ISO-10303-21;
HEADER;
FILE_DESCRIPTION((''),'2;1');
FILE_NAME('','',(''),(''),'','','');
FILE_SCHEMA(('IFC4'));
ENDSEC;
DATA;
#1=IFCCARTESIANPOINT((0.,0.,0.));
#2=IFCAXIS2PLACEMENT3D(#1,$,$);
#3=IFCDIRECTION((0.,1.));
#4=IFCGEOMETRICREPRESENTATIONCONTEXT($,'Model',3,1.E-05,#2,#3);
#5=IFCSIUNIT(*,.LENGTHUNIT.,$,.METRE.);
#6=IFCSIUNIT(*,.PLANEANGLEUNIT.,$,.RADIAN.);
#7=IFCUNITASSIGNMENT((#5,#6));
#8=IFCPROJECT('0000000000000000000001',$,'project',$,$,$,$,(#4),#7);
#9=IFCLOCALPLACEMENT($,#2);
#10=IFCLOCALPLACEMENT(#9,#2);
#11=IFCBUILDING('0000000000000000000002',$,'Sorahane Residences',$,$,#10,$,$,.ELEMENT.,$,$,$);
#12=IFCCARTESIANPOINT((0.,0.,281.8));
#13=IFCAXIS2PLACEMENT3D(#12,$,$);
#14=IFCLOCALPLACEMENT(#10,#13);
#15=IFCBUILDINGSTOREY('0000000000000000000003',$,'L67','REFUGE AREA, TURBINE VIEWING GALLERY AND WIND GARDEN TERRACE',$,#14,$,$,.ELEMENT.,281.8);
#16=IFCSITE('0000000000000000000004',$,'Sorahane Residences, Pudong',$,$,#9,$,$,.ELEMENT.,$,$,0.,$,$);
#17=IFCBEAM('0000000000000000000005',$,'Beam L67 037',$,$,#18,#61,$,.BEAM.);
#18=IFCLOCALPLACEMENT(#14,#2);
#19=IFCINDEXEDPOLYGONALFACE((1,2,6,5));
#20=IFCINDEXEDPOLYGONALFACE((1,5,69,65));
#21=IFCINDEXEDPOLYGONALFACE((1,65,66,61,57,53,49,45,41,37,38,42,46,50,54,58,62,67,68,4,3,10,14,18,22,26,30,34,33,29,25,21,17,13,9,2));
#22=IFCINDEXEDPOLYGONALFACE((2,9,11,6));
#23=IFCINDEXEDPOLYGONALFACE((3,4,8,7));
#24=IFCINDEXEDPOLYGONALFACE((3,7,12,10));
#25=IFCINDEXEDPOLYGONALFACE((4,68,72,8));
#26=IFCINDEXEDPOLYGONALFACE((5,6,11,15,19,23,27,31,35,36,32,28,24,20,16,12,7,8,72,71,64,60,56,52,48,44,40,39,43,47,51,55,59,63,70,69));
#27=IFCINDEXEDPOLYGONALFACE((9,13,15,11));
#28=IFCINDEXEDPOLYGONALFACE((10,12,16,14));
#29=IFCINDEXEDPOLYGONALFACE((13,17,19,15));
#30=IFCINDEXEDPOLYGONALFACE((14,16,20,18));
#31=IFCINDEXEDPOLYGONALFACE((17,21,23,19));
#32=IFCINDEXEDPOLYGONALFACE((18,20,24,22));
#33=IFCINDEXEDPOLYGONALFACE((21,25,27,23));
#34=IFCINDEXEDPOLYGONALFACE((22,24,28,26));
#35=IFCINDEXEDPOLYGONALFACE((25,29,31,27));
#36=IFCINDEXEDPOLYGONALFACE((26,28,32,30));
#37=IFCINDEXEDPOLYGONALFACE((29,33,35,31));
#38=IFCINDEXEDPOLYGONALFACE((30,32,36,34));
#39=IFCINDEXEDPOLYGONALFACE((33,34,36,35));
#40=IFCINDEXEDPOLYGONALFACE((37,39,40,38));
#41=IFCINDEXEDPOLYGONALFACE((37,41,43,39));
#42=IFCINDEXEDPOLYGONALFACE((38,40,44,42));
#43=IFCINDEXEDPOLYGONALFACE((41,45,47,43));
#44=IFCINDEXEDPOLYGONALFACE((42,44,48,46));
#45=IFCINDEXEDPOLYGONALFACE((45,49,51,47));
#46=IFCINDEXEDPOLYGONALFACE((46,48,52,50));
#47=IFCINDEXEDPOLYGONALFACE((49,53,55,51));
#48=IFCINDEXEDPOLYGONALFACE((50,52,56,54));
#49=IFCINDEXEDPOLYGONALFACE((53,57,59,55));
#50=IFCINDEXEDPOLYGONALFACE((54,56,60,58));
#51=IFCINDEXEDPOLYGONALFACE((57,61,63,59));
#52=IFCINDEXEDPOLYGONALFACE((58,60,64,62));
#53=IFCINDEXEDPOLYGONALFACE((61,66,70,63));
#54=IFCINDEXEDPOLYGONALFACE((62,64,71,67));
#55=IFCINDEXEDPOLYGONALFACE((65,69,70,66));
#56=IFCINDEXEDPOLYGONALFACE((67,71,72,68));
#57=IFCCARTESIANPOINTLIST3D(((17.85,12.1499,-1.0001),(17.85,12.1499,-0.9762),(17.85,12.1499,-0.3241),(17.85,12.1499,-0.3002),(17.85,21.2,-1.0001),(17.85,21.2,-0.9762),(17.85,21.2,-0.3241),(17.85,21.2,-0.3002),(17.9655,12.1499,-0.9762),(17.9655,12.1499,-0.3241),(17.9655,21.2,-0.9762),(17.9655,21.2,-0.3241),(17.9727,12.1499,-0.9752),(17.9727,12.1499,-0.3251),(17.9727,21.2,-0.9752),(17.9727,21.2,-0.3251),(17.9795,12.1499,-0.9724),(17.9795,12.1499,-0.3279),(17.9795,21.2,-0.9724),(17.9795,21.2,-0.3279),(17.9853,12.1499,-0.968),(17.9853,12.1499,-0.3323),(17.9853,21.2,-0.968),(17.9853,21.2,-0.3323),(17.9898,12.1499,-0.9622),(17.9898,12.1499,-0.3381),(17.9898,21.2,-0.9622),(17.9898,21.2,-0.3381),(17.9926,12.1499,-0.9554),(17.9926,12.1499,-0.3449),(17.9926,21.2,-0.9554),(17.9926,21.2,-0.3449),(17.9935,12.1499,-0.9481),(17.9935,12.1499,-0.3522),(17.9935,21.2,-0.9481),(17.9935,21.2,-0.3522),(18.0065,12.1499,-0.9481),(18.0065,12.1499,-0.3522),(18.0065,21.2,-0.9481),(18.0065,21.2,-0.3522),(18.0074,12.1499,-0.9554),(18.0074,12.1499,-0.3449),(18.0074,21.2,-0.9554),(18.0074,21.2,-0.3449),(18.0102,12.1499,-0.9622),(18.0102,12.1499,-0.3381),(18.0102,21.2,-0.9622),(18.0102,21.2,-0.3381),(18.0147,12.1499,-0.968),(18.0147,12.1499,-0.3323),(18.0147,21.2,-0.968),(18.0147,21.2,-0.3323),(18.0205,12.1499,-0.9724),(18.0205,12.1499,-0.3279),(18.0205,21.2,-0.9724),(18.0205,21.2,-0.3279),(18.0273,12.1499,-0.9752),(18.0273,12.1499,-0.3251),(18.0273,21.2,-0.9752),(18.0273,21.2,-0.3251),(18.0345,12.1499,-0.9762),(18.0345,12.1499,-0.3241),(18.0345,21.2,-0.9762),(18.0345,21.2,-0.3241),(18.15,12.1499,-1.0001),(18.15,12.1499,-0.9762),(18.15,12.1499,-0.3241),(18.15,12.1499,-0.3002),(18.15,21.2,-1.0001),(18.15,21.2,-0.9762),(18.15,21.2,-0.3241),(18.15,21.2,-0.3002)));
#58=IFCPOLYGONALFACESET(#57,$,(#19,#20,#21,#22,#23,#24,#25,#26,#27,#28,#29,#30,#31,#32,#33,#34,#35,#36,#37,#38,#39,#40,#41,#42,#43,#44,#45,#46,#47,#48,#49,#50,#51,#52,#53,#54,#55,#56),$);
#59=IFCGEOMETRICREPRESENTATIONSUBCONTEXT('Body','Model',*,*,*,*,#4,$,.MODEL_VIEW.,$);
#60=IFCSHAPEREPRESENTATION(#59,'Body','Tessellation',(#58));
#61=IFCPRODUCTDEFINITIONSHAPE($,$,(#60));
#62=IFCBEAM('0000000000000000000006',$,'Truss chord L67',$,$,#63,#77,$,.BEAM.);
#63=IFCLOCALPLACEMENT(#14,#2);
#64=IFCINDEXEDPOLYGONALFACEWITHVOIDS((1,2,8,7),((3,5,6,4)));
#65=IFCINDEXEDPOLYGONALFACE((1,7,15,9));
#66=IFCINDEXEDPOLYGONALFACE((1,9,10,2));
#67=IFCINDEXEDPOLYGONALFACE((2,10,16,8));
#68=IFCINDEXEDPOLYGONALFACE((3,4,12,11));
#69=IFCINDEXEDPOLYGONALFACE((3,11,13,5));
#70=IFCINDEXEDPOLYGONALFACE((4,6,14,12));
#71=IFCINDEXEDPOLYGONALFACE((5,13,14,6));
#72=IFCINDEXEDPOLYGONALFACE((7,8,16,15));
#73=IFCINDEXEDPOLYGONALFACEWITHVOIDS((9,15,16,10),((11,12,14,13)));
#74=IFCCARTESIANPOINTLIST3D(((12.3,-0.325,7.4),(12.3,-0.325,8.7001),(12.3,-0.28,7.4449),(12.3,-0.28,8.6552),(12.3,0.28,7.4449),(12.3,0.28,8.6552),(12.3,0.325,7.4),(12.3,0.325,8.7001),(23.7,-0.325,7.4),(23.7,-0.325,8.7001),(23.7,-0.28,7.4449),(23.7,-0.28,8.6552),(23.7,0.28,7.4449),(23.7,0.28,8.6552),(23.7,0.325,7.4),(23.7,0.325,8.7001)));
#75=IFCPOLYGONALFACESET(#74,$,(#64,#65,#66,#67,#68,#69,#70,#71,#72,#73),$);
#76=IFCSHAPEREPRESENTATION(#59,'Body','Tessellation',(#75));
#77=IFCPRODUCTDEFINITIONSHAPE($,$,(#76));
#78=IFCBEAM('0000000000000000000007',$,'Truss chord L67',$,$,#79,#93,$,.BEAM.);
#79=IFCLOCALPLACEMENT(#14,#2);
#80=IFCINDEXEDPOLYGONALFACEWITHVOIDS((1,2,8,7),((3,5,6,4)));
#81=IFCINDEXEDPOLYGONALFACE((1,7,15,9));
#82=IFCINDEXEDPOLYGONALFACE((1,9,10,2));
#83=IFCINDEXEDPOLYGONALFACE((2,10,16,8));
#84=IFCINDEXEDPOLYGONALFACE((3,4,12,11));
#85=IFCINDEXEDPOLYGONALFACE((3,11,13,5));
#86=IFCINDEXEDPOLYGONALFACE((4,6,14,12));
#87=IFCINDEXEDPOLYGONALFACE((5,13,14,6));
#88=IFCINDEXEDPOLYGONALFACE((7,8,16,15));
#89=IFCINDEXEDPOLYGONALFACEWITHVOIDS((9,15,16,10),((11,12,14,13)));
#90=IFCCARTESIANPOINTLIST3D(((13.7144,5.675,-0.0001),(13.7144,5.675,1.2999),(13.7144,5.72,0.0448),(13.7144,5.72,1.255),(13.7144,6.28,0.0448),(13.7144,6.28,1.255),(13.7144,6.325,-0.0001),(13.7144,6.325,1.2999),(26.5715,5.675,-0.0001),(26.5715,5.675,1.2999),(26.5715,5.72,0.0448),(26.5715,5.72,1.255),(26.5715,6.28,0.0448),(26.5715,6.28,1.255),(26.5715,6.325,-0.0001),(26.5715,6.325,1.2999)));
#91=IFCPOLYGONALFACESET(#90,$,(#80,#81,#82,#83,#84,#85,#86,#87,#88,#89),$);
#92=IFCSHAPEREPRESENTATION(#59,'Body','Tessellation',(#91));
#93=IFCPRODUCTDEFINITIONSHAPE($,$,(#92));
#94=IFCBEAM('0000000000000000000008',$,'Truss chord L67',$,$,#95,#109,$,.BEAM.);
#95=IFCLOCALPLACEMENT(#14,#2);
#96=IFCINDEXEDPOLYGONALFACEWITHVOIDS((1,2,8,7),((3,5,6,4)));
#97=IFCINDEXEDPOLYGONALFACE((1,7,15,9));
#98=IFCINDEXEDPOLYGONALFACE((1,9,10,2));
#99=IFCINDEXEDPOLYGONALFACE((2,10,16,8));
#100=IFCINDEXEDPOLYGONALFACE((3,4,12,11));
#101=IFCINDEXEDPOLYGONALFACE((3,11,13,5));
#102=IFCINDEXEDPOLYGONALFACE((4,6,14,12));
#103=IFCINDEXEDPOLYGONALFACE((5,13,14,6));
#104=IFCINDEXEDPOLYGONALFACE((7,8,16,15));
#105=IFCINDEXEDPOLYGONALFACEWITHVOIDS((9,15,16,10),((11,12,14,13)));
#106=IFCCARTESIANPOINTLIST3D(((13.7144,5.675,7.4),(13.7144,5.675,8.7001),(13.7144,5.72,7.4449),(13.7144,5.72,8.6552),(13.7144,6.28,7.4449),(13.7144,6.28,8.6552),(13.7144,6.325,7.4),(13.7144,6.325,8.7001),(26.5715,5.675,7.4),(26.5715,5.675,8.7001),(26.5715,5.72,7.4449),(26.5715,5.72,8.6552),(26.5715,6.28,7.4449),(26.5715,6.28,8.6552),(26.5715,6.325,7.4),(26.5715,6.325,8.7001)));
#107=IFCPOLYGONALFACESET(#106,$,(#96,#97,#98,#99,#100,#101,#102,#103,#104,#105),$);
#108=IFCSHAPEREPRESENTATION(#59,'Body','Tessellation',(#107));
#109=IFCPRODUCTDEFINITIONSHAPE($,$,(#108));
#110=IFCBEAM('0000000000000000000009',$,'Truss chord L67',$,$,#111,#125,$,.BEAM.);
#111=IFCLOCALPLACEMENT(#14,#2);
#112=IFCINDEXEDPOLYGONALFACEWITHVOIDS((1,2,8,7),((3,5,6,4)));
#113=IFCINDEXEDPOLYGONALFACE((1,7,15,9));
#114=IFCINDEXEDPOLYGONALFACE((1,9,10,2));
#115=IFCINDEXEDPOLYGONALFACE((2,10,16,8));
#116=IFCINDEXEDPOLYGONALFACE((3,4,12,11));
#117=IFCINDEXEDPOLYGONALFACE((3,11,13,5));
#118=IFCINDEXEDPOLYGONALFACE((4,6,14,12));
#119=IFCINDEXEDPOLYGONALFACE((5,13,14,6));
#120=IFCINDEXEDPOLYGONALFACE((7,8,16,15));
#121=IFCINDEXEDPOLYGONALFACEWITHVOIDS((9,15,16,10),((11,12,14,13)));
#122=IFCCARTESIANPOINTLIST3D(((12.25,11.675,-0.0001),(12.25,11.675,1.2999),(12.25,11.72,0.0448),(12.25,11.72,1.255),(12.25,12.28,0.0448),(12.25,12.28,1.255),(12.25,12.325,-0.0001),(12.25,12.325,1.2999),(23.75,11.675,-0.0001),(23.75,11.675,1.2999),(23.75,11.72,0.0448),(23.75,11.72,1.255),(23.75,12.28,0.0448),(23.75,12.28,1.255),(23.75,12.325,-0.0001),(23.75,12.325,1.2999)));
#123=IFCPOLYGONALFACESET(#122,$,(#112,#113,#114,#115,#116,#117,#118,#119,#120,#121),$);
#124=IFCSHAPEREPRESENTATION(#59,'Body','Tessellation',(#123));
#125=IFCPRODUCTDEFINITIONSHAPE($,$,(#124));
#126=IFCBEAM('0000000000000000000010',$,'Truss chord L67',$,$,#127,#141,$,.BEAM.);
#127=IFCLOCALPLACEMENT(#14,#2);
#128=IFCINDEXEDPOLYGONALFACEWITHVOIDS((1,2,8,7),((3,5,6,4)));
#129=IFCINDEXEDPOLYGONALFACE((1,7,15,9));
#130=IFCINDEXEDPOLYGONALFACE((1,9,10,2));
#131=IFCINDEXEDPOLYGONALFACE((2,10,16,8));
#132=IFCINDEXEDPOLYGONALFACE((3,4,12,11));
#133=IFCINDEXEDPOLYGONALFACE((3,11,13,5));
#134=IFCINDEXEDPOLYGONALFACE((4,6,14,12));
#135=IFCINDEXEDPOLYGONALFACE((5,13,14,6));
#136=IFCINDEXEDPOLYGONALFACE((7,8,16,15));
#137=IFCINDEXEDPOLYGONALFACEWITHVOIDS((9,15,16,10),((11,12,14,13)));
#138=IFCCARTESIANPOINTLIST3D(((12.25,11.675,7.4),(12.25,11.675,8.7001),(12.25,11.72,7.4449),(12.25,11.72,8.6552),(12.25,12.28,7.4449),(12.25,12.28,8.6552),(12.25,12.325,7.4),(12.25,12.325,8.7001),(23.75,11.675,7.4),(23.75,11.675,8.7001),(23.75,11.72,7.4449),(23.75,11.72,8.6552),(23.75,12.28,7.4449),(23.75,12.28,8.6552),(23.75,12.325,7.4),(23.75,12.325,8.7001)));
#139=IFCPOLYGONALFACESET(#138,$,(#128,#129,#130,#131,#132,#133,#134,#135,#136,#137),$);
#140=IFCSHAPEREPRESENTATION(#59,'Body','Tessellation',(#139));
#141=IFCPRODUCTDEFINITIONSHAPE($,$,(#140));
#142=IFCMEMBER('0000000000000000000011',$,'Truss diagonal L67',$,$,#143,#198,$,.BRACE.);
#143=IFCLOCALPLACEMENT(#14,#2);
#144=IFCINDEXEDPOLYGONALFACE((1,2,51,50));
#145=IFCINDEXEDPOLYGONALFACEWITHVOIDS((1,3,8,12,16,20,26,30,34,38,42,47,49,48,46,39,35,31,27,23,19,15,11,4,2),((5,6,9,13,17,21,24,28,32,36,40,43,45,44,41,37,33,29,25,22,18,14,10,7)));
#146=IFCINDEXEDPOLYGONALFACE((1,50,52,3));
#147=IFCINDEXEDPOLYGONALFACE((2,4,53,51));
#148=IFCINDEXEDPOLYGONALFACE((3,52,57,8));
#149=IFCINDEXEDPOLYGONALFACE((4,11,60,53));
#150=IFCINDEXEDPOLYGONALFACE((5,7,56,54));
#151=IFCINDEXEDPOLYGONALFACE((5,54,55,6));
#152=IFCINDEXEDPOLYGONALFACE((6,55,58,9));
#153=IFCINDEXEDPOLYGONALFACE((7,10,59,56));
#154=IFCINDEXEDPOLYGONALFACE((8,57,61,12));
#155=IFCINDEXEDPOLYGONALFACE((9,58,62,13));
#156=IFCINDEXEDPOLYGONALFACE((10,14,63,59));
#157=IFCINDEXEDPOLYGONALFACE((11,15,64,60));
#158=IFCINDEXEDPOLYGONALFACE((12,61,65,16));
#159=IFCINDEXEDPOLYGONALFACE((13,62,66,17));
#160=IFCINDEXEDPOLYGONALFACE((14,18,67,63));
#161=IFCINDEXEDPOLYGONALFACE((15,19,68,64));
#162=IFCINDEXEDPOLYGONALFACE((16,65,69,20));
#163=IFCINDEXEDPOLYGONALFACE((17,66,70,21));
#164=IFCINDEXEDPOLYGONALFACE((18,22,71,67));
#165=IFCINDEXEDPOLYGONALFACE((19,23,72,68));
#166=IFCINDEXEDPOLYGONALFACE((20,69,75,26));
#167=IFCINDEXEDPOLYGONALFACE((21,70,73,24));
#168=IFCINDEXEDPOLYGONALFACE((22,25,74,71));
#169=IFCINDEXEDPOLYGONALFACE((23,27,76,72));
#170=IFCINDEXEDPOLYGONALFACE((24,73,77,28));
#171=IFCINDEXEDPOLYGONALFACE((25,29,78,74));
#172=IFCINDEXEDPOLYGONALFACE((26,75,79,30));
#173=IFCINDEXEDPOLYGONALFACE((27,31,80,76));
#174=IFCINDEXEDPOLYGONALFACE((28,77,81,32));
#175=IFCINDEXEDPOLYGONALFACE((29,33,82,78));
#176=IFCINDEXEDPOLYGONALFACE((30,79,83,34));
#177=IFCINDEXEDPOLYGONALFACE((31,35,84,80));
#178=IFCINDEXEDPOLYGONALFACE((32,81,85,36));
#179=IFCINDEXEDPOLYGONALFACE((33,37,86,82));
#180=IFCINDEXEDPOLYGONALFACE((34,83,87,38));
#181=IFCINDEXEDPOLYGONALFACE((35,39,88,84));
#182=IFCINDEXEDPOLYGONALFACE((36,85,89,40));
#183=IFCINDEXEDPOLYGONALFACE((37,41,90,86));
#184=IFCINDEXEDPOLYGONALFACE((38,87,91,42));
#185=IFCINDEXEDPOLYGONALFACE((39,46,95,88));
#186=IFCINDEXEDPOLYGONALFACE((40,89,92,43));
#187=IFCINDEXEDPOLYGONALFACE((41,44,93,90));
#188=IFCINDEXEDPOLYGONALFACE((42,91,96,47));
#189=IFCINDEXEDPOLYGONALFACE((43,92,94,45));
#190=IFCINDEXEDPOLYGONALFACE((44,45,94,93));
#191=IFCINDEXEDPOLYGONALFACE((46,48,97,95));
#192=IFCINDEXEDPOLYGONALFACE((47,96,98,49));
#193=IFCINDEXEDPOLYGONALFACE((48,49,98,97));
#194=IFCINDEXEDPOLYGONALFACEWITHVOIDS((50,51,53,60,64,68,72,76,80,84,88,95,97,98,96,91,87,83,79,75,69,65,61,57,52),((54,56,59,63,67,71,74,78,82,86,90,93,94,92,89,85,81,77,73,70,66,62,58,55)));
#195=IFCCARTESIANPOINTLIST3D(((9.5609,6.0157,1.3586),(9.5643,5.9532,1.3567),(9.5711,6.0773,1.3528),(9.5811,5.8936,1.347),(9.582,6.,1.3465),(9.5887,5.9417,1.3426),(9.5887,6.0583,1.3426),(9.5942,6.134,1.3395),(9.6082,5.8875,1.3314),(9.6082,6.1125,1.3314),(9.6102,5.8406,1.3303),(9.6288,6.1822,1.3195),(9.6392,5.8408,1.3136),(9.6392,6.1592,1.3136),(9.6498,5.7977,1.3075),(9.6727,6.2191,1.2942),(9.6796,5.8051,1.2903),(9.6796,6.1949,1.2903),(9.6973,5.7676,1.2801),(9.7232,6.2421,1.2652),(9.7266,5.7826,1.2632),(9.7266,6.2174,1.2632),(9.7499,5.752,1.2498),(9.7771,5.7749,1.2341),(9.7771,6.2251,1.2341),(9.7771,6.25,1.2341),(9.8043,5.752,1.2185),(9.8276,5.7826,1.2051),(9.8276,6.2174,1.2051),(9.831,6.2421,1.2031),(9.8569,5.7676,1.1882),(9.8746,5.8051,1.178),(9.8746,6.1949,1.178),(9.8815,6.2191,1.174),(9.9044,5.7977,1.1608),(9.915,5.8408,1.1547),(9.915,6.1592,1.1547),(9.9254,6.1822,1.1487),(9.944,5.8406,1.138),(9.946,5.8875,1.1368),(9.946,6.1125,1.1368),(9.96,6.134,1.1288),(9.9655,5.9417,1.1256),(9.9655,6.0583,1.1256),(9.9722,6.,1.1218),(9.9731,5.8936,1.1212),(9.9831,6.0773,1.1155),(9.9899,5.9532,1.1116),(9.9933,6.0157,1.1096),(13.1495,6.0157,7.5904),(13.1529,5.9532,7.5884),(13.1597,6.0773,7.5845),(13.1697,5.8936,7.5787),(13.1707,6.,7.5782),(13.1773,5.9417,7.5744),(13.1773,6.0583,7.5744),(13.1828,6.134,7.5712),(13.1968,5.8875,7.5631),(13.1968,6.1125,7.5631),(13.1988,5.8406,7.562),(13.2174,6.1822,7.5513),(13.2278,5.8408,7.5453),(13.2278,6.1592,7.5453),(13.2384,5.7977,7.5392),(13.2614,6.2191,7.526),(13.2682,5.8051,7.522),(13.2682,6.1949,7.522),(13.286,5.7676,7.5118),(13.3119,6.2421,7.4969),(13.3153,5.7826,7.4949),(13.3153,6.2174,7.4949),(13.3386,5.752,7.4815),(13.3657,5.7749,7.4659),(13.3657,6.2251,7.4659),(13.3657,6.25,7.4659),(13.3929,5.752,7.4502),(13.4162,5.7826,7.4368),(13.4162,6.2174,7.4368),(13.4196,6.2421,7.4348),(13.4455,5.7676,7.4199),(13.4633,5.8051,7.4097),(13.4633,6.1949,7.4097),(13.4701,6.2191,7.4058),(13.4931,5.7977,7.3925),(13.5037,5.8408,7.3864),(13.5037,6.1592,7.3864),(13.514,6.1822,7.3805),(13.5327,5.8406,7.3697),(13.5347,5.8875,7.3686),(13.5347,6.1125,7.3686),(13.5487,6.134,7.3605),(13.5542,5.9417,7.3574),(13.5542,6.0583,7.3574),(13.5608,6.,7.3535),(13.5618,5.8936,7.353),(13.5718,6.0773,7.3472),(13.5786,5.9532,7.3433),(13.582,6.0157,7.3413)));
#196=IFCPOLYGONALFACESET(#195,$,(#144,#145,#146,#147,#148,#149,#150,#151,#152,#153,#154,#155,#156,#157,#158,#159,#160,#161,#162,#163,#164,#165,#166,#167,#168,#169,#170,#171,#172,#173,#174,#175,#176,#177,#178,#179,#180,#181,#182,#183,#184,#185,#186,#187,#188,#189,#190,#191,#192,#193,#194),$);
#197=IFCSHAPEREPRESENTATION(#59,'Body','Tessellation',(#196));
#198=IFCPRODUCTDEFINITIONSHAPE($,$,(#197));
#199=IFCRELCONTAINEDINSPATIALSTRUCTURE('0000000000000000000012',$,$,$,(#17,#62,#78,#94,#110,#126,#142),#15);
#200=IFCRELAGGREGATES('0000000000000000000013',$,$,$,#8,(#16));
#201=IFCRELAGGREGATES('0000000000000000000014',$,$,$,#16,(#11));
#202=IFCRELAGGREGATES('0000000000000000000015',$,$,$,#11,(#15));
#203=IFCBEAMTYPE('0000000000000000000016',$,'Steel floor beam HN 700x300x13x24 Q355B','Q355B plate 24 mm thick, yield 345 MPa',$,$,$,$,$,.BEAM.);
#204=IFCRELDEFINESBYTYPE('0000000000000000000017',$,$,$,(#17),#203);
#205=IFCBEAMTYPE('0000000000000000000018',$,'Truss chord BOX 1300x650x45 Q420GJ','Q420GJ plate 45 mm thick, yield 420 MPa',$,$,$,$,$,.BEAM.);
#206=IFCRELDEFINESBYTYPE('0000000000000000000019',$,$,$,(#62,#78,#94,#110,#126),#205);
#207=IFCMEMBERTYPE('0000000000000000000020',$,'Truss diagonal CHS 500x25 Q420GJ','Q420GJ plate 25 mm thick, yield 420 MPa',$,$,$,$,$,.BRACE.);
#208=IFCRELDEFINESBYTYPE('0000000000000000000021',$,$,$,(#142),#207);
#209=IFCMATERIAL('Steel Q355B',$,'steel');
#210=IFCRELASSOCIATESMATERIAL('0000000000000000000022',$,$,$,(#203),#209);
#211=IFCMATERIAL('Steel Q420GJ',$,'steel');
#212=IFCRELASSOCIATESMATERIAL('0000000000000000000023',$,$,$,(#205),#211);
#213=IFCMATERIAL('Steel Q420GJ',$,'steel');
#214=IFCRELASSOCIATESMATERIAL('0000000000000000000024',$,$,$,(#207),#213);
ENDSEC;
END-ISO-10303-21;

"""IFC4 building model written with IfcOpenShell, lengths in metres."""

from ifc_helpers import new_model, si_unit, direction, frame, origin, origin_2d, place, context, subcontext, project, spatial, hollow_rectangle, hollow_circle, i_section, extrude, material, material_profile, profile_set, type_object, element, save


model = new_model("IFC4")

# Units and contexts
model_context = context("Model", 3, precision=1e-05, world=origin(), true_north=direction((0.0, 1.0)))
body_context = subcontext(model_context, "Body", "Model", "MODEL_VIEW")
ifc_project = project(units=[si_unit("LENGTHUNIT", "METRE"), si_unit("PLANEANGLEUNIT", "RADIAN")], contexts=[model_context])

# Site, building, storey
site_placement = place(None, origin())
site = spatial("IfcSite", under=ifc_project, at=site_placement, Name="Sorahane Residences, Pudong", CompositionType="ELEMENT", RefElevation=0.0)
building_placement = place(site_placement, origin())
building = spatial("IfcBuilding", under=site, at=building_placement, Name="Sorahane Residences", CompositionType="ELEMENT")
storey_placement = place(building_placement, frame((0.0, 0.0, 281.8)))
storey = spatial("IfcBuildingStorey", under=building, at=storey_placement, Name="L67", Description="REFUGE AREA, TURBINE VIEWING GALLERY AND WIND GARDEN TERRACE", CompositionType="ELEMENT", Elevation=281.8)

# Beams
ifc_material_1 = material(Name="Steel Q355B", Category="steel")
ifc_material_profile_1 = material_profile(ifc_material_1, i_section(OverallWidth=0.3, OverallDepth=0.7, WebThickness=0.0129, FlangeThickness=0.0239, FilletRadius=0.0281, at=origin_2d()), Name="HN 700x300x13x24")
ifc_profile_set_1 = profile_set([ifc_material_profile_1], Name="Steel Q355B")
beam_type_1 = type_object("IfcBeamType", Name="Steel floor beam HN 700x300x13x24 Q355B", Description="Q355B plate 24 mm thick, yield 345 MPa", PredefinedType="BEAM", material=ifc_profile_set_1)
beam_1_placement = place(storey_placement, frame((18.0, 12.1499, -0.6501), z_axis=(0.0, 1.0, 0.0), x_axis=(-1.0, 0.0, 0.0)))
element("IfcBeam", 1, at=beam_1_placement, inside=storey, type_object=beam_type_1, Name="Beam L67 037", PredefinedType="BEAM", context=body_context, shape_type="SweptSolid", body=[
    extrude(i_section(OverallWidth=0.3, OverallDepth=0.7, WebThickness=0.0129, FlangeThickness=0.0239, FilletRadius=0.0281, at=origin_2d()), origin(), (0.0, 0.0, 1.0), 9.05),
])
ifc_material_2 = material(Name="Steel Q420GJ", Category="steel")
ifc_material_profile_2 = material_profile(ifc_material_2, hollow_rectangle(XDim=0.6499, YDim=1.3, WallThickness=0.0449, at=origin_2d()), Name="BOX 1300x650x45")
ifc_profile_set_2 = profile_set([ifc_material_profile_2], Name="Steel Q420GJ")
beam_type_2 = type_object("IfcBeamType", Name="Truss chord BOX 1300x650x45 Q420GJ", Description="Q420GJ plate 45 mm thick, yield 420 MPa", PredefinedType="BEAM", material=ifc_profile_set_2)
beam_2_placement = place(storey_placement, frame((12.3, 0.0, 8.05), z_axis=(1.0, 0.0, 0.0), x_axis=(0.0, 1.0, 0.0)))
element("IfcBeam", 2, at=beam_2_placement, inside=storey, type_object=beam_type_2, Name="Truss chord L67", PredefinedType="BEAM", context=body_context, shape_type="SweptSolid", body=[
    extrude(hollow_rectangle(XDim=0.6499, YDim=1.3, WallThickness=0.0449, at=origin_2d()), origin(), (0.0, 0.0, 1.0), 11.3999),
])
for number, where, z_axis, x_axis, name in (
    (3, (13.7144, 6.0, 0.6499), (1.0, 0.0, 0.0), (0.0, 1.0, 0.0), "Truss chord L67"),
    (4, (13.7144, 6.0, 8.05), (1.0, 0.0, 0.0), (0.0, 1.0, 0.0), "Truss chord L67"),
):
    element("IfcBeam", number, at=place(storey_placement, frame(where, z_axis=z_axis, x_axis=x_axis)), inside=storey, type_object=beam_type_2, Name=name, PredefinedType="BEAM", context=body_context, shape_type="SweptSolid", body=[
        extrude(hollow_rectangle(XDim=0.6499, YDim=1.3, WallThickness=0.0449, at=origin_2d()), origin(), (0.0, 0.0, 1.0), 12.8572),
    ])
for number, where, z_axis, x_axis, name in (
    (5, (12.25, 12.0, 0.6499), (1.0, 0.0, 0.0), (0.0, 1.0, 0.0), "Truss chord L67"),
    (6, (12.25, 12.0, 8.05), (1.0, 0.0, 0.0), (0.0, 1.0, 0.0), "Truss chord L67"),
):
    element("IfcBeam", number, at=place(storey_placement, frame(where, z_axis=z_axis, x_axis=x_axis)), inside=storey, type_object=beam_type_2, Name=name, PredefinedType="BEAM", context=body_context, shape_type="SweptSolid", body=[
        extrude(hollow_rectangle(XDim=0.6499, YDim=1.3, WallThickness=0.0449, at=origin_2d()), origin(), (0.0, 0.0, 1.0), 11.5),
    ])

# Member
ifc_material_3 = material(Name="Steel Q420GJ", Category="steel")
ifc_material_profile_3 = material_profile(ifc_material_3, hollow_circle(Radius=0.25, WallThickness=0.0249, at=origin_2d()), Name="CHS 500x25")
ifc_profile_set_3 = profile_set([ifc_material_profile_3], Name="Steel Q420GJ")
member_type = type_object("IfcMemberType", Name="Truss diagonal CHS 500x25 Q420GJ", Description="Q420GJ plate 25 mm thick, yield 420 MPa", PredefinedType="BRACE", material=ifc_profile_set_3)
for number, where, z_axis, x_axis, name in (
    (7, (9.7771, 6.0, 1.2341), (0.499036, 0.0, 0.866582), (0.0, 1.0, 0.0), "Truss diagonal L67"),
):
    element("IfcMember", number, at=place(storey_placement, frame(where, z_axis=z_axis, x_axis=x_axis)), inside=storey, type_object=member_type, Name=name, PredefinedType="BRACE", context=body_context, shape_type="SweptSolid", body=[
        extrude(hollow_circle(Radius=0.25, WallThickness=0.0249, at=origin_2d()), origin(), (0.0, 0.0, 1.0), 7.1912),
    ])

save(model, "model.ifc")
